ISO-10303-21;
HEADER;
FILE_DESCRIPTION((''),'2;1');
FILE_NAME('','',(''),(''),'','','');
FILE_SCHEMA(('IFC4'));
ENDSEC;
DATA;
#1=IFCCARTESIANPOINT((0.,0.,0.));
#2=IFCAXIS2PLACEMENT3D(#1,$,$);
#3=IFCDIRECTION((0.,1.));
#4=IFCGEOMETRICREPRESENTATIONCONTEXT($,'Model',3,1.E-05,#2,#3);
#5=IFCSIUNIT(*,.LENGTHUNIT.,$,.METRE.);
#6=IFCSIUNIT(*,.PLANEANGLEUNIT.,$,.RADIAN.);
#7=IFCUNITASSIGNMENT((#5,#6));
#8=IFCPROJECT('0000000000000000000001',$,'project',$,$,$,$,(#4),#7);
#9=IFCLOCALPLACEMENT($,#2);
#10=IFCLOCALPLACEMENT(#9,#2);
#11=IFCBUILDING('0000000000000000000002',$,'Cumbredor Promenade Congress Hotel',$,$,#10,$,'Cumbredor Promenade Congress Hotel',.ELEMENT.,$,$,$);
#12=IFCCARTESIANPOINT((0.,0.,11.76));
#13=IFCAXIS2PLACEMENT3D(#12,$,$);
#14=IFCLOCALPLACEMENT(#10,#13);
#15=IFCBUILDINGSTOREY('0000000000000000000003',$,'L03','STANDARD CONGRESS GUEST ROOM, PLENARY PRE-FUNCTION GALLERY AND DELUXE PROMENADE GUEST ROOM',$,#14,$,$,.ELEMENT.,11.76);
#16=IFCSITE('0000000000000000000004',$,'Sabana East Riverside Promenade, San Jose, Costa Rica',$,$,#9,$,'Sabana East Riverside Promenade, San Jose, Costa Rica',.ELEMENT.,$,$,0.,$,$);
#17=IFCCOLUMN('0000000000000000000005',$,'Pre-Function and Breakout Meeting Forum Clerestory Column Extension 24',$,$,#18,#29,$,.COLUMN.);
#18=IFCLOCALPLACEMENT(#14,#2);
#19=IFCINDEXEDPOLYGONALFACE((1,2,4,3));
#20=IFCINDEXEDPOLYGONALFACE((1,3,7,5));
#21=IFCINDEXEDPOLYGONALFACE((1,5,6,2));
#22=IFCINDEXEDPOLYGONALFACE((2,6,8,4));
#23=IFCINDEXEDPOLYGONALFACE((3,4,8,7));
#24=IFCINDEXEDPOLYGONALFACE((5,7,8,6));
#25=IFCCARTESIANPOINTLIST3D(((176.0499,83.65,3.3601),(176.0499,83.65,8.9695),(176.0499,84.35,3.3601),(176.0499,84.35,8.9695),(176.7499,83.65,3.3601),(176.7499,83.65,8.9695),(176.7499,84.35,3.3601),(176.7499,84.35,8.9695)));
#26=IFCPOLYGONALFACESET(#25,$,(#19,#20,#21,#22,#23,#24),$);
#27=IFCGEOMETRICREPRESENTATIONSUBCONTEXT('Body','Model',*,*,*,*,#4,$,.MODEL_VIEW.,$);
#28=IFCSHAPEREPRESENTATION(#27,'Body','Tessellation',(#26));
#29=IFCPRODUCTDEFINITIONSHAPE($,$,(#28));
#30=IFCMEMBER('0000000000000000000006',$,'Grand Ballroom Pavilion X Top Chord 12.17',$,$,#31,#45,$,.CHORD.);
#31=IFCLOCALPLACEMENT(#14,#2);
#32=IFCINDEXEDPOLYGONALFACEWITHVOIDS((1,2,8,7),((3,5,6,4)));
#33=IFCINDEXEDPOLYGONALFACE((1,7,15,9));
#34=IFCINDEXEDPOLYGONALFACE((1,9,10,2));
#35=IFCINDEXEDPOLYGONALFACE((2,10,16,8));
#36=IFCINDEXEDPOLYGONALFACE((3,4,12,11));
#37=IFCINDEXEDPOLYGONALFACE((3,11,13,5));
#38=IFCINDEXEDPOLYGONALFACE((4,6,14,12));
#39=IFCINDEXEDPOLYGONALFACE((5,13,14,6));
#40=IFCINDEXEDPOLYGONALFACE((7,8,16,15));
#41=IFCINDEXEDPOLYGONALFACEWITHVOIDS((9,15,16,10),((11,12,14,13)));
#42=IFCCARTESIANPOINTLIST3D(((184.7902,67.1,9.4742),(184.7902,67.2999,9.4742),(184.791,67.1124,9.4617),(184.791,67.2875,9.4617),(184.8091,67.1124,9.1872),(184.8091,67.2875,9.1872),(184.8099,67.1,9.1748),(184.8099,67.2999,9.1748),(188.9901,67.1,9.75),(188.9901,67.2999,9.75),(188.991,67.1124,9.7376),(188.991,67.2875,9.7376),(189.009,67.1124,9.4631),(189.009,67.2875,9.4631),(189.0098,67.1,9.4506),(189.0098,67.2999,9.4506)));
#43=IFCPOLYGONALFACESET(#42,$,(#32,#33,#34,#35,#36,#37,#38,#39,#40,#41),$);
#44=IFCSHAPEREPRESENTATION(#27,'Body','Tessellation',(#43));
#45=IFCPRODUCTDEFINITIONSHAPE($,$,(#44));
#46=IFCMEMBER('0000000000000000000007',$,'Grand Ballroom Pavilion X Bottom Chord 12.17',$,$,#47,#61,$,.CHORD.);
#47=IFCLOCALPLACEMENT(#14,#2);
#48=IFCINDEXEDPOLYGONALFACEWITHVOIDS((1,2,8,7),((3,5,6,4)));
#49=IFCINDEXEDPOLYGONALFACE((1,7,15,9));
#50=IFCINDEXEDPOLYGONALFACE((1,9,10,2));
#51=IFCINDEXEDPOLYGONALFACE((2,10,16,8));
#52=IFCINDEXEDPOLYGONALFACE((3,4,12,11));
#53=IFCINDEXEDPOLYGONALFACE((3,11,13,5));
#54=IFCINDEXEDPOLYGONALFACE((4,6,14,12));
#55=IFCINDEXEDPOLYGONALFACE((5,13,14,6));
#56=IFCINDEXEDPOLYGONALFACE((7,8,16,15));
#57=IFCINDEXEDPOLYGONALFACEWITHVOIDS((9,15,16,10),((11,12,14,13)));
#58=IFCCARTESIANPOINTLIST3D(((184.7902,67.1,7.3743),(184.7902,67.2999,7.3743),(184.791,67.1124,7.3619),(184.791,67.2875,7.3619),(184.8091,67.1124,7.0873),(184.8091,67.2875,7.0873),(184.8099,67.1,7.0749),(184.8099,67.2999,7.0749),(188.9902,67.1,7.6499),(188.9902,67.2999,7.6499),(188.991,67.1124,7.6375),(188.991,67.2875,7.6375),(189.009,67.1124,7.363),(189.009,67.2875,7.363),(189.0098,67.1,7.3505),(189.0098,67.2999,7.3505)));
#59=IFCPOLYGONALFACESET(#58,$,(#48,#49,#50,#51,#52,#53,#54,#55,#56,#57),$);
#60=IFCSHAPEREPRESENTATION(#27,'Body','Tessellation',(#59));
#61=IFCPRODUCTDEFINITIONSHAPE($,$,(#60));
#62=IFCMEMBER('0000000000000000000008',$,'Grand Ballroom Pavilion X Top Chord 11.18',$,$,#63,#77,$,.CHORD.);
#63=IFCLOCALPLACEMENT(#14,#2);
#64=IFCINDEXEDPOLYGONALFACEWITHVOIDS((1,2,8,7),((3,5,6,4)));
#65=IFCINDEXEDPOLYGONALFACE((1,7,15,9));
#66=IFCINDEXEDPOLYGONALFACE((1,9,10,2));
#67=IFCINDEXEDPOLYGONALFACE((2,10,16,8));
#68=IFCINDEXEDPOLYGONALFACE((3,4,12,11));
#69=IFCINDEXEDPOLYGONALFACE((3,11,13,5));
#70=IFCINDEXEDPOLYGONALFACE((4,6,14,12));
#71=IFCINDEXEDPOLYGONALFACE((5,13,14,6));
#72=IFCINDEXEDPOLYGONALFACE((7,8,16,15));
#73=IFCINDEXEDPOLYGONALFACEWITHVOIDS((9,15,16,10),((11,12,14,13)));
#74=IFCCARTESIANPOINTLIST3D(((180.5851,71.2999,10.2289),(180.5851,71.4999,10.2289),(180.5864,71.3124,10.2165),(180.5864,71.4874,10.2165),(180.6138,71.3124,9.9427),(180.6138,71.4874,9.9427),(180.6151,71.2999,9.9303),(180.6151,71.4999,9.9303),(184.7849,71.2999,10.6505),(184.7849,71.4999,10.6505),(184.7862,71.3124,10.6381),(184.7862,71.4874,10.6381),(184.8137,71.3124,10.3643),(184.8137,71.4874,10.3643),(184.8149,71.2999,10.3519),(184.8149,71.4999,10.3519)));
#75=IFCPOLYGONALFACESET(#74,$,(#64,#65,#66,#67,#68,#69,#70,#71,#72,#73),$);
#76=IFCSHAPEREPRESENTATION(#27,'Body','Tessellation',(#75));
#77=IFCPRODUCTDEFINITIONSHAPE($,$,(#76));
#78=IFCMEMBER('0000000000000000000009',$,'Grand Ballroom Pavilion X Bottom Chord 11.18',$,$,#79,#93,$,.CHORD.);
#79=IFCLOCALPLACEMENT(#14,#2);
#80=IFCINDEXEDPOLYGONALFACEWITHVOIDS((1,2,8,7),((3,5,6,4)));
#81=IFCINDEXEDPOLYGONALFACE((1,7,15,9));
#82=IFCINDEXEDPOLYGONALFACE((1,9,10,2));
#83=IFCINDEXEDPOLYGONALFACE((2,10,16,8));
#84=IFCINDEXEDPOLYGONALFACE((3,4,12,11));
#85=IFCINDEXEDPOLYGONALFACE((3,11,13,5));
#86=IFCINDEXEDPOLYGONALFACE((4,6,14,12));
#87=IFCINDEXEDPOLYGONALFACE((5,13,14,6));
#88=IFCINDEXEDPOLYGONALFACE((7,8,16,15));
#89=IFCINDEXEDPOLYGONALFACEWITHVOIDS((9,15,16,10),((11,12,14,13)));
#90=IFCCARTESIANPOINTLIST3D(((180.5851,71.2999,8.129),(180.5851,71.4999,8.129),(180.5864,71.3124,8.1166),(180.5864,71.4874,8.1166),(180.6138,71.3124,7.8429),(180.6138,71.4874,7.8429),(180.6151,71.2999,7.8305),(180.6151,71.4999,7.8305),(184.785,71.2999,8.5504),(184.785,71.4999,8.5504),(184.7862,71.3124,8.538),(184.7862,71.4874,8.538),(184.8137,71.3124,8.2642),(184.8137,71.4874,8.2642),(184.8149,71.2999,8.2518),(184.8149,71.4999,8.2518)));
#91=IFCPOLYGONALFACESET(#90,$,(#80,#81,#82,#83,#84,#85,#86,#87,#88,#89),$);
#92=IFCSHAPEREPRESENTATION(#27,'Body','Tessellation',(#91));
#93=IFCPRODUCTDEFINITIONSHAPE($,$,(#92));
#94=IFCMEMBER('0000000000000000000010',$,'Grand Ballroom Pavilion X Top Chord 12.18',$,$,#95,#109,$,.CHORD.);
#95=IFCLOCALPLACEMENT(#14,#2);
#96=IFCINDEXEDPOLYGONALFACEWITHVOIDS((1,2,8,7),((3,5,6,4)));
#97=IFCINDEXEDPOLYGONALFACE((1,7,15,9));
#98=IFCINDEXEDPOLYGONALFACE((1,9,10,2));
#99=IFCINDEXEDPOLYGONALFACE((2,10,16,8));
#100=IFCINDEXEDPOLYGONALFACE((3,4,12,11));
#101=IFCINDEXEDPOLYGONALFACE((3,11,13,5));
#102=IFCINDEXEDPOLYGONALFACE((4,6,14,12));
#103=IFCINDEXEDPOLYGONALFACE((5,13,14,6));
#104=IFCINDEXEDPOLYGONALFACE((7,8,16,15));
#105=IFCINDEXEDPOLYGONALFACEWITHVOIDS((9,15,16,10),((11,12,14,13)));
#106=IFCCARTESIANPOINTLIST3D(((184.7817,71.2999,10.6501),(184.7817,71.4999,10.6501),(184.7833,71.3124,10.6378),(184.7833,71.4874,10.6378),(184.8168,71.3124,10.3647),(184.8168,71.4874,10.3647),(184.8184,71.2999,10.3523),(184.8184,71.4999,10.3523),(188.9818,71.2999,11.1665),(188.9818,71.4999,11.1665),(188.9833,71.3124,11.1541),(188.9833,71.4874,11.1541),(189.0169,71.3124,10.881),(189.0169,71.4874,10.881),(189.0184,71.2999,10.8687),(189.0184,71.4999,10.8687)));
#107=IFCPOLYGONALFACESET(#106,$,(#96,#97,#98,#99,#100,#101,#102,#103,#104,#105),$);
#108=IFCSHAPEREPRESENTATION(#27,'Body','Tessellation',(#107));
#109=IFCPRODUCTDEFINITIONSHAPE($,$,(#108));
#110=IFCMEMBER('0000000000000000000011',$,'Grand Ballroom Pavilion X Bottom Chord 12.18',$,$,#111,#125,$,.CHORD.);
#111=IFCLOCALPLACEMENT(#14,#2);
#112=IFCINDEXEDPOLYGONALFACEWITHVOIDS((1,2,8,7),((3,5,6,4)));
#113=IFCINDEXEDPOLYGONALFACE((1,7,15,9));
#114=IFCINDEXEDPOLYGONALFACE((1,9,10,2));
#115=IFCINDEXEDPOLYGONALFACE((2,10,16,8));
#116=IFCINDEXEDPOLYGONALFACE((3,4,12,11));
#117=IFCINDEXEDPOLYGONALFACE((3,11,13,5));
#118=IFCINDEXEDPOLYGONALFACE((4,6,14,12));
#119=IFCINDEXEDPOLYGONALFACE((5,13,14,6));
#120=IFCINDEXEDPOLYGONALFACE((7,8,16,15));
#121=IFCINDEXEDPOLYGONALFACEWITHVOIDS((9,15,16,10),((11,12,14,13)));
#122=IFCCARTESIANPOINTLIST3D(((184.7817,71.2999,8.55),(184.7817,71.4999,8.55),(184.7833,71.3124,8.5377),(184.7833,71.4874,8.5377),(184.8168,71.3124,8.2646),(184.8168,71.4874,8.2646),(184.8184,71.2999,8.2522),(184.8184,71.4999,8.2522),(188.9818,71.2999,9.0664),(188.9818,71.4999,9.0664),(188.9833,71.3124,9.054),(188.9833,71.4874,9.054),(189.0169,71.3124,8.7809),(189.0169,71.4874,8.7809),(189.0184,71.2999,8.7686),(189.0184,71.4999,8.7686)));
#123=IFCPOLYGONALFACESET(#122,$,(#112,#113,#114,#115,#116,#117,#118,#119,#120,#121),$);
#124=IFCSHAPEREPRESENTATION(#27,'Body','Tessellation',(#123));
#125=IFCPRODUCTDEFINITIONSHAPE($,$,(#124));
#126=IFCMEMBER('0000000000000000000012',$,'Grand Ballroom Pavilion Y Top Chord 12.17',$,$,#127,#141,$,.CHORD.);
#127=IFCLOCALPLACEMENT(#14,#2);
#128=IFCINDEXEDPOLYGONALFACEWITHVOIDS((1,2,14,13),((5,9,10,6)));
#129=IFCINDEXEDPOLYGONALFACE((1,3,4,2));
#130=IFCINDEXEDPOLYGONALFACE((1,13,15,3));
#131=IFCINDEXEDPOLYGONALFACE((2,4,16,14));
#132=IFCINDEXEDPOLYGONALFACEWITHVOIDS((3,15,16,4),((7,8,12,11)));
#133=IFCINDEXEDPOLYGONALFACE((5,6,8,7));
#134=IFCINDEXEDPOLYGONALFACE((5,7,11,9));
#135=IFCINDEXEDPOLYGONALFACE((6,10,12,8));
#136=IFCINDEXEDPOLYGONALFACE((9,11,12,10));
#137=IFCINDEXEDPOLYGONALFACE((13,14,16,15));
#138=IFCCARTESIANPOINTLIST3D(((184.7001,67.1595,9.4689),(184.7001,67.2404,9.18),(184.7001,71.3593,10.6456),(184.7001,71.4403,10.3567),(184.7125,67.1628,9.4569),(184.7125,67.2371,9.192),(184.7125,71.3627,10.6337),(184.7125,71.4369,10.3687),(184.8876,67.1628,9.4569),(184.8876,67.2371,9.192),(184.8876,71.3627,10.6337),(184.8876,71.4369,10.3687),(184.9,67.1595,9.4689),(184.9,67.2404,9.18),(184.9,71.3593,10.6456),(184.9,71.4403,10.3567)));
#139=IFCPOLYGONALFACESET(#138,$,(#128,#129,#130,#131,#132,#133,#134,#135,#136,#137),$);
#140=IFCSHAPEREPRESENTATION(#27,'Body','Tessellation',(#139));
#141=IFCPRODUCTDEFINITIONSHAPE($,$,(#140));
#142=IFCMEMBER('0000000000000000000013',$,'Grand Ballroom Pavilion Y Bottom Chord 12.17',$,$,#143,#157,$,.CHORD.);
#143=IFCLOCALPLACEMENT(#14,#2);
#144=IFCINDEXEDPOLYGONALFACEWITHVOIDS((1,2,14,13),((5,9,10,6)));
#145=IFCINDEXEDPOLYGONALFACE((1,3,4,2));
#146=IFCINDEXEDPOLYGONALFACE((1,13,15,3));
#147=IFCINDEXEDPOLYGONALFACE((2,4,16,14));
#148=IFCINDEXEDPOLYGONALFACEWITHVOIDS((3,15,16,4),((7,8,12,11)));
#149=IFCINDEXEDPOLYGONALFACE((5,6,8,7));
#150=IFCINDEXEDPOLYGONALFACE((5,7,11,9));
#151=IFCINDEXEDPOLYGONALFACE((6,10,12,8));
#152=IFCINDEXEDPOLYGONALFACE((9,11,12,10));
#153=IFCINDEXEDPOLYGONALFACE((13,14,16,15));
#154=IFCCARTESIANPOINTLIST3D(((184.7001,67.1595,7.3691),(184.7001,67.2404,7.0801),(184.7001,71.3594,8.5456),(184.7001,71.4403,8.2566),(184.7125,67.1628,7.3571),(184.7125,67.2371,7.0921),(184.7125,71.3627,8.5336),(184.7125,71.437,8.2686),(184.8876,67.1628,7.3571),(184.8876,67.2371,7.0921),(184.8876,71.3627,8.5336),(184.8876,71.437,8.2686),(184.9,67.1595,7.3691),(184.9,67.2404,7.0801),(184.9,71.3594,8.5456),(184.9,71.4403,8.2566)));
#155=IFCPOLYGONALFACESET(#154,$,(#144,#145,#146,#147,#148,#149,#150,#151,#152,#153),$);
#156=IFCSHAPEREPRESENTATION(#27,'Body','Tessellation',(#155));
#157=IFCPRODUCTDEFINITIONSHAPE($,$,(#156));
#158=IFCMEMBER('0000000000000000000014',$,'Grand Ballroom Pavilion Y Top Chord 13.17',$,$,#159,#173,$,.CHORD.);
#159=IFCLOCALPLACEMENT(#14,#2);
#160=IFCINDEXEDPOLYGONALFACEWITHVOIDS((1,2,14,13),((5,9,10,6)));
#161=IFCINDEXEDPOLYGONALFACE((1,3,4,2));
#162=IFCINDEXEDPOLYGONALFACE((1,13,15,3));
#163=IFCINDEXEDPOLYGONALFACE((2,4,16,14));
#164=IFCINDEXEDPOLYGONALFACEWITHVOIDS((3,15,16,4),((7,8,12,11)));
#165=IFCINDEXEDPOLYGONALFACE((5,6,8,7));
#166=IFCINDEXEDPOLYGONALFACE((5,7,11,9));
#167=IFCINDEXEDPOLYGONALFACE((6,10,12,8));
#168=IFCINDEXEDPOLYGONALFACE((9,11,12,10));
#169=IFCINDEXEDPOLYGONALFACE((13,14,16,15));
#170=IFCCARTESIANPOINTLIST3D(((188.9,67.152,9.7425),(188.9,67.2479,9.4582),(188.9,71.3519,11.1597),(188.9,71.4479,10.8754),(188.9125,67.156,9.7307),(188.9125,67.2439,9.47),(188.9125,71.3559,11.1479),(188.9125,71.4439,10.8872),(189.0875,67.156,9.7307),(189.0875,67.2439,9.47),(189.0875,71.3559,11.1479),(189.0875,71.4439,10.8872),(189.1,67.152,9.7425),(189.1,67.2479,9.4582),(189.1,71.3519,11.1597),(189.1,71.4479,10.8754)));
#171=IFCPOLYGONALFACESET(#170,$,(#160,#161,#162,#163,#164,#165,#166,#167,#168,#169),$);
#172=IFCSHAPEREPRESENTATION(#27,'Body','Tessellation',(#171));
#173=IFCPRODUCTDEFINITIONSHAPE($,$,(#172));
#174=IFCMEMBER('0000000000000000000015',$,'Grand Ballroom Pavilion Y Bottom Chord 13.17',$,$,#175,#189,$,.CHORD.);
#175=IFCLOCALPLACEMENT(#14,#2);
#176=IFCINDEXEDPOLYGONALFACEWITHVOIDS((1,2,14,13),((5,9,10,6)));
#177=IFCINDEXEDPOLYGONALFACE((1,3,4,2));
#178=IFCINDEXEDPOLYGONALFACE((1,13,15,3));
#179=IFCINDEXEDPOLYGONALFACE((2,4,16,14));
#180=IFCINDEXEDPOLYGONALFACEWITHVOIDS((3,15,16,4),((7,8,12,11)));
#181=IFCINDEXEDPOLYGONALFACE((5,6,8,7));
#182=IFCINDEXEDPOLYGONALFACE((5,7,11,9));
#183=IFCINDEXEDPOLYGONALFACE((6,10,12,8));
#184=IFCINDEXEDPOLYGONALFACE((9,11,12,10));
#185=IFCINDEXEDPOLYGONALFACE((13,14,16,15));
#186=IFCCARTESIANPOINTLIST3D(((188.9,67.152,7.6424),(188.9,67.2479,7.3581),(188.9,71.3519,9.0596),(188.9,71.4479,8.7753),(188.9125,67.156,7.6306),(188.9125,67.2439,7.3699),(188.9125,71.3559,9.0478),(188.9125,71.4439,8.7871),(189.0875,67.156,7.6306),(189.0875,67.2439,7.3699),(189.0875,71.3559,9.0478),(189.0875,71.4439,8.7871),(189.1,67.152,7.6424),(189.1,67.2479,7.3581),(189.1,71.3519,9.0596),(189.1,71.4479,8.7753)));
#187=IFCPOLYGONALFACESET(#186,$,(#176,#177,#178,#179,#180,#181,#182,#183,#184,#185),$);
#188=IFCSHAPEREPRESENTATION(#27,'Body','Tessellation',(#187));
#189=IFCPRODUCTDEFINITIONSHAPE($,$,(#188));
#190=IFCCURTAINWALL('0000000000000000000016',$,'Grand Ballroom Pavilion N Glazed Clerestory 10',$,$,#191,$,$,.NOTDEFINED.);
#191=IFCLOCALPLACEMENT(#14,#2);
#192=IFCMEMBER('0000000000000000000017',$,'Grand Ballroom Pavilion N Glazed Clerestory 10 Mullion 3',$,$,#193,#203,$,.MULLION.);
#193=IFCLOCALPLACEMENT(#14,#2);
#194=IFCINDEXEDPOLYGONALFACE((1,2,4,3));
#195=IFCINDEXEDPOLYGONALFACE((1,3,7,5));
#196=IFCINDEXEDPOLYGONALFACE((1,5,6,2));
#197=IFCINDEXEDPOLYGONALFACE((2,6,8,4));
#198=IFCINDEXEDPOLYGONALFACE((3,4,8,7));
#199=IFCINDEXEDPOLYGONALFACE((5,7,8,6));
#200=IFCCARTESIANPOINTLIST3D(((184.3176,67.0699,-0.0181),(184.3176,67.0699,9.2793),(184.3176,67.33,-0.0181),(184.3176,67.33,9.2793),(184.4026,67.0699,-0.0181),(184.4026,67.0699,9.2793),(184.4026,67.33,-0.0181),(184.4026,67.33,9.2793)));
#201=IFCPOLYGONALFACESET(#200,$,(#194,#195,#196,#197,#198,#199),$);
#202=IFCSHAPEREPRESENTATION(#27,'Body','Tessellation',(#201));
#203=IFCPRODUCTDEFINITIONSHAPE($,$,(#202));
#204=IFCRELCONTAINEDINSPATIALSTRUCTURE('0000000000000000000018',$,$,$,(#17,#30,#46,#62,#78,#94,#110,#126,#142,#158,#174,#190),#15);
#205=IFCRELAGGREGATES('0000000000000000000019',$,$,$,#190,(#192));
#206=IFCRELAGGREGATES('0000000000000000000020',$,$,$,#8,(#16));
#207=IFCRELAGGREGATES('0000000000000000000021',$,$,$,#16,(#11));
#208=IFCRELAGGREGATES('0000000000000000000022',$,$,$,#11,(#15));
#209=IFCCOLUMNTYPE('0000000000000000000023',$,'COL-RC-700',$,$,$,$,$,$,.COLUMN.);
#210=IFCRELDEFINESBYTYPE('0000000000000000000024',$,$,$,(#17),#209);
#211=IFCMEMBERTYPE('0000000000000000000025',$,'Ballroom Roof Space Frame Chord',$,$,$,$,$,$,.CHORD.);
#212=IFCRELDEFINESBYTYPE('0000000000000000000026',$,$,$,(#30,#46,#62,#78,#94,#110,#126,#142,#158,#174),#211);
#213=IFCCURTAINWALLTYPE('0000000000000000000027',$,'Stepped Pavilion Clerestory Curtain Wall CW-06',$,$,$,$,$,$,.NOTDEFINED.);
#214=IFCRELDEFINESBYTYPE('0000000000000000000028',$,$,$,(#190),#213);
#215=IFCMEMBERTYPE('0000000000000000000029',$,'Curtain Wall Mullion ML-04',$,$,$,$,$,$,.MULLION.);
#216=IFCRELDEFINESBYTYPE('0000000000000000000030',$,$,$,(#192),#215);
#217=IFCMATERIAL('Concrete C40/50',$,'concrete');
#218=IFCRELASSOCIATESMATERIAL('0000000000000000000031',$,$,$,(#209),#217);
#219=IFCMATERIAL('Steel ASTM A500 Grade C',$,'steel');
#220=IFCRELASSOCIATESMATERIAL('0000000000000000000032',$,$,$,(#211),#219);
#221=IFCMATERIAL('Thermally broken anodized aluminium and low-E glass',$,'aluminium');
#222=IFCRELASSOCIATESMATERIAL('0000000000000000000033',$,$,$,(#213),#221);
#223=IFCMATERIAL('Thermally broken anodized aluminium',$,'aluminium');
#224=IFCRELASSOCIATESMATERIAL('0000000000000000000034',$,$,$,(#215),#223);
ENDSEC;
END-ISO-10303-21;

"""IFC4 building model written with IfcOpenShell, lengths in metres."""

from ifc_helpers import new_model, si_unit, direction, frame, origin, origin_2d, place, context, subcontext, project, spatial, rectangle, hollow_rectangle, extrude, material, material_profile, profile_set, type_object, element, aggregate, save


model = new_model("IFC4")

# Units and contexts
model_context = context("Model", 3, precision=1e-05, world=origin(), true_north=direction((0.0, 1.0)))
body_context = subcontext(model_context, "Body", "Model", "MODEL_VIEW")
ifc_project = project(units=[si_unit("LENGTHUNIT", "METRE"), si_unit("PLANEANGLEUNIT", "RADIAN")], contexts=[model_context])

# Site, building, storey
site_placement = place(None, origin())
site = spatial("IfcSite", under=ifc_project, at=site_placement, Name="Sabana East Riverside Promenade, San Jose, Costa Rica", LongName="Sabana East Riverside Promenade, San Jose, Costa Rica", CompositionType="ELEMENT", RefElevation=0.0)
building_placement = place(site_placement, origin())
building = spatial("IfcBuilding", under=site, at=building_placement, Name="Cumbredor Promenade Congress Hotel", LongName="Cumbredor Promenade Congress Hotel", CompositionType="ELEMENT")
storey_placement = place(building_placement, frame((0.0, 0.0, 11.76)))
storey = spatial("IfcBuildingStorey", under=building, at=storey_placement, Name="L03", Description="STANDARD CONGRESS GUEST ROOM, PLENARY PRE-FUNCTION GALLERY AND DELUXE PROMENADE GUEST ROOM", CompositionType="ELEMENT", Elevation=11.76)

# Column
ifc_material_1 = material(Name="Concrete C40/50", Category="concrete")
ifc_material_profile_1 = material_profile(ifc_material_1, rectangle(XDim=0.7, YDim=0.7, at=origin_2d()), Name="RC 700x700")
ifc_profile_set_1 = profile_set([ifc_material_profile_1], Name="Concrete C40/50")
column_type = type_object("IfcColumnType", Name="COL-RC-700", PredefinedType="COLUMN", material=ifc_profile_set_1)
column_placement = place(storey_placement, frame((176.3999, 84.0, 3.3601), z_axis=(0.0, 0.0, 1.0), x_axis=(1.0, 0.0, 0.0)))
element("IfcColumn", 1, at=column_placement, inside=storey, type_object=column_type, Name="Pre-Function and Breakout Meeting Forum Clerestory Column Extension 24", PredefinedType="COLUMN", context=body_context, shape_type="SweptSolid", body=[
    extrude(rectangle(XDim=0.7, YDim=0.7, at=origin_2d()), origin(), (0.0, 0.0, 1.0), 5.6094),
])

# Members
ifc_material_2 = material(Name="Steel ASTM A500 Grade C", Category="steel")
ifc_material_profile_2 = material_profile(ifc_material_2, hollow_rectangle(XDim=0.2, YDim=0.3, WallThickness=0.0125, at=origin_2d()), Name="HSS 300x200x12.5")
ifc_profile_set_2 = profile_set([ifc_material_profile_2], Name="Steel ASTM A500 Grade C")
member_type_1 = type_object("IfcMemberType", Name="Ballroom Roof Space Frame Chord", PredefinedType="CHORD", material=ifc_profile_set_2)
for number, where, z_axis, x_axis, name in (
    (2, (184.8, 67.2, 9.3245), (0.99785, 0.0, 0.065545), (0.0, 1.0, 0.0), "Grand Ballroom Pavilion X Top Chord 12.17"),
    (3, (184.8, 67.2, 7.2246), (0.997853, 0.0, 0.065487), (0.0, 1.0, 0.0), "Grand Ballroom Pavilion X Bottom Chord 12.17"),
):
    element("IfcMember", number, at=place(storey_placement, frame(where, z_axis=z_axis, x_axis=x_axis)), inside=storey, type_object=member_type_1, Name=name, PredefinedType="CHORD", context=body_context, shape_type="SweptSolid", body=[
        extrude(hollow_rectangle(XDim=0.2, YDim=0.3, WallThickness=0.0125, at=origin_2d()), origin(), (0.0, 0.0, 1.0), 4.209),
    ])
for number, where, z_axis, x_axis, name in (
    (4, (180.6001, 71.3999, 10.0796), (0.994999, 0.0, 0.099887), (0.0, 1.0, 0.0), "Grand Ballroom Pavilion X Top Chord 11.18"),
    (5, (180.6001, 71.3999, 7.9797), (0.995004, 0.0, 0.09983), (0.0, 1.0, 0.0), "Grand Ballroom Pavilion X Bottom Chord 11.18"),
):
    element("IfcMember", number, at=place(storey_placement, frame(where, z_axis=z_axis, x_axis=x_axis)), inside=storey, type_object=member_type_1, Name=name, PredefinedType="CHORD", context=body_context, shape_type="SweptSolid", body=[
        extrude(hollow_rectangle(XDim=0.2, YDim=0.3, WallThickness=0.0125, at=origin_2d()), origin(), (0.0, 0.0, 1.0), 4.2209),
    ])
for number, where, z_axis, x_axis, name in (
    (6, (184.8, 71.3999, 10.5012), (0.992527, 0.0, 0.122025), (0.0, 1.0, 0.0), "Grand Ballroom Pavilion X Top Chord 12.18"),
    (7, (184.8, 71.3999, 8.4011), (0.992527, 0.0, 0.122025), (0.0, 1.0, 0.0), "Grand Ballroom Pavilion X Bottom Chord 12.18"),
):
    element("IfcMember", number, at=place(storey_placement, frame(where, z_axis=z_axis, x_axis=x_axis)), inside=storey, type_object=member_type_1, Name=name, PredefinedType="CHORD", context=body_context, shape_type="SweptSolid", body=[
        extrude(hollow_rectangle(XDim=0.2, YDim=0.3, WallThickness=0.0125, at=origin_2d()), origin(), (0.0, 0.0, 1.0), 4.2317),
    ])
for number, where, z_axis, x_axis, name in (
    (8, (184.8, 67.2, 9.3245), (0.0, 0.962918, 0.269794), (-1.0, 0.0, 0.0), "Grand Ballroom Pavilion Y Top Chord 12.17"),
    (9, (184.8, 67.2, 7.2246), (0.0, 0.962933, 0.269742), (-1.0, 0.0, 0.0), "Grand Ballroom Pavilion Y Bottom Chord 12.17"),
):
    element("IfcMember", number, at=place(storey_placement, frame(where, z_axis=z_axis, x_axis=x_axis)), inside=storey, type_object=member_type_1, Name=name, PredefinedType="CHORD", context=body_context, shape_type="SweptSolid", body=[
        extrude(hollow_rectangle(XDim=0.2, YDim=0.3, WallThickness=0.0125, at=origin_2d()), origin(), (0.0, 0.0, 1.0), 4.3616),
    ])
for number, where, z_axis, x_axis, name in (
    (10, (189.0, 67.2, 9.6003), (0.0, 0.947509, 0.319729), (-1.0, 0.0, 0.0), "Grand Ballroom Pavilion Y Top Chord 13.17"),
    (11, (189.0, 67.2, 7.5002), (0.0, 0.947509, 0.319729), (-1.0, 0.0, 0.0), "Grand Ballroom Pavilion Y Bottom Chord 13.17"),
):
    element("IfcMember", number, at=place(storey_placement, frame(where, z_axis=z_axis, x_axis=x_axis)), inside=storey, type_object=member_type_1, Name=name, PredefinedType="CHORD", context=body_context, shape_type="SweptSolid", body=[
        extrude(hollow_rectangle(XDim=0.2, YDim=0.3, WallThickness=0.0125, at=origin_2d()), origin(), (0.0, 0.0, 1.0), 4.4326),
    ])

# Curtain wall, member
ifc_material_3 = material(Name="Thermally broken anodized aluminium and low-E glass", Category="aluminium")
curtain_wall_type = type_object("IfcCurtainWallType", Name="Stepped Pavilion Clerestory Curtain Wall CW-06", PredefinedType="NOTDEFINED", material=ifc_material_3)
curtain_wall_placement = place(storey_placement, origin())
curtain_wall = element("IfcCurtainWall", 12, at=curtain_wall_placement, inside=storey, type_object=curtain_wall_type, Name="Grand Ballroom Pavilion N Glazed Clerestory 10", PredefinedType="NOTDEFINED")
ifc_material_4 = material(Name="Thermally broken anodized aluminium", Category="aluminium")
ifc_material_profile_3 = material_profile(ifc_material_4, rectangle(XDim=0.085, YDim=0.26, at=origin_2d()), Name="ALU MULLION CLERESTORY 85x260")
ifc_profile_set_3 = profile_set([ifc_material_profile_3], Name="Thermally broken anodized aluminium")
member_type_2 = type_object("IfcMemberType", Name="Curtain Wall Mullion ML-04", PredefinedType="MULLION", material=ifc_profile_set_3)
member_1_placement = place(storey_placement, frame((184.3601, 67.2, -0.0181), z_axis=(0.0, 0.0, 1.0), x_axis=(1.0, 0.0, 0.0)))
member_1 = element("IfcMember", 13, at=member_1_placement, type_object=member_type_2, Name="Grand Ballroom Pavilion N Glazed Clerestory 10 Mullion 3", PredefinedType="MULLION", context=body_context, shape_type="SweptSolid", body=[
    extrude(rectangle(XDim=0.085, YDim=0.26, at=origin_2d()), origin(), (0.0, 0.0, 1.0), 9.2974),
])

aggregate(curtain_wall, [member_1])

save(model, "model.ifc")
